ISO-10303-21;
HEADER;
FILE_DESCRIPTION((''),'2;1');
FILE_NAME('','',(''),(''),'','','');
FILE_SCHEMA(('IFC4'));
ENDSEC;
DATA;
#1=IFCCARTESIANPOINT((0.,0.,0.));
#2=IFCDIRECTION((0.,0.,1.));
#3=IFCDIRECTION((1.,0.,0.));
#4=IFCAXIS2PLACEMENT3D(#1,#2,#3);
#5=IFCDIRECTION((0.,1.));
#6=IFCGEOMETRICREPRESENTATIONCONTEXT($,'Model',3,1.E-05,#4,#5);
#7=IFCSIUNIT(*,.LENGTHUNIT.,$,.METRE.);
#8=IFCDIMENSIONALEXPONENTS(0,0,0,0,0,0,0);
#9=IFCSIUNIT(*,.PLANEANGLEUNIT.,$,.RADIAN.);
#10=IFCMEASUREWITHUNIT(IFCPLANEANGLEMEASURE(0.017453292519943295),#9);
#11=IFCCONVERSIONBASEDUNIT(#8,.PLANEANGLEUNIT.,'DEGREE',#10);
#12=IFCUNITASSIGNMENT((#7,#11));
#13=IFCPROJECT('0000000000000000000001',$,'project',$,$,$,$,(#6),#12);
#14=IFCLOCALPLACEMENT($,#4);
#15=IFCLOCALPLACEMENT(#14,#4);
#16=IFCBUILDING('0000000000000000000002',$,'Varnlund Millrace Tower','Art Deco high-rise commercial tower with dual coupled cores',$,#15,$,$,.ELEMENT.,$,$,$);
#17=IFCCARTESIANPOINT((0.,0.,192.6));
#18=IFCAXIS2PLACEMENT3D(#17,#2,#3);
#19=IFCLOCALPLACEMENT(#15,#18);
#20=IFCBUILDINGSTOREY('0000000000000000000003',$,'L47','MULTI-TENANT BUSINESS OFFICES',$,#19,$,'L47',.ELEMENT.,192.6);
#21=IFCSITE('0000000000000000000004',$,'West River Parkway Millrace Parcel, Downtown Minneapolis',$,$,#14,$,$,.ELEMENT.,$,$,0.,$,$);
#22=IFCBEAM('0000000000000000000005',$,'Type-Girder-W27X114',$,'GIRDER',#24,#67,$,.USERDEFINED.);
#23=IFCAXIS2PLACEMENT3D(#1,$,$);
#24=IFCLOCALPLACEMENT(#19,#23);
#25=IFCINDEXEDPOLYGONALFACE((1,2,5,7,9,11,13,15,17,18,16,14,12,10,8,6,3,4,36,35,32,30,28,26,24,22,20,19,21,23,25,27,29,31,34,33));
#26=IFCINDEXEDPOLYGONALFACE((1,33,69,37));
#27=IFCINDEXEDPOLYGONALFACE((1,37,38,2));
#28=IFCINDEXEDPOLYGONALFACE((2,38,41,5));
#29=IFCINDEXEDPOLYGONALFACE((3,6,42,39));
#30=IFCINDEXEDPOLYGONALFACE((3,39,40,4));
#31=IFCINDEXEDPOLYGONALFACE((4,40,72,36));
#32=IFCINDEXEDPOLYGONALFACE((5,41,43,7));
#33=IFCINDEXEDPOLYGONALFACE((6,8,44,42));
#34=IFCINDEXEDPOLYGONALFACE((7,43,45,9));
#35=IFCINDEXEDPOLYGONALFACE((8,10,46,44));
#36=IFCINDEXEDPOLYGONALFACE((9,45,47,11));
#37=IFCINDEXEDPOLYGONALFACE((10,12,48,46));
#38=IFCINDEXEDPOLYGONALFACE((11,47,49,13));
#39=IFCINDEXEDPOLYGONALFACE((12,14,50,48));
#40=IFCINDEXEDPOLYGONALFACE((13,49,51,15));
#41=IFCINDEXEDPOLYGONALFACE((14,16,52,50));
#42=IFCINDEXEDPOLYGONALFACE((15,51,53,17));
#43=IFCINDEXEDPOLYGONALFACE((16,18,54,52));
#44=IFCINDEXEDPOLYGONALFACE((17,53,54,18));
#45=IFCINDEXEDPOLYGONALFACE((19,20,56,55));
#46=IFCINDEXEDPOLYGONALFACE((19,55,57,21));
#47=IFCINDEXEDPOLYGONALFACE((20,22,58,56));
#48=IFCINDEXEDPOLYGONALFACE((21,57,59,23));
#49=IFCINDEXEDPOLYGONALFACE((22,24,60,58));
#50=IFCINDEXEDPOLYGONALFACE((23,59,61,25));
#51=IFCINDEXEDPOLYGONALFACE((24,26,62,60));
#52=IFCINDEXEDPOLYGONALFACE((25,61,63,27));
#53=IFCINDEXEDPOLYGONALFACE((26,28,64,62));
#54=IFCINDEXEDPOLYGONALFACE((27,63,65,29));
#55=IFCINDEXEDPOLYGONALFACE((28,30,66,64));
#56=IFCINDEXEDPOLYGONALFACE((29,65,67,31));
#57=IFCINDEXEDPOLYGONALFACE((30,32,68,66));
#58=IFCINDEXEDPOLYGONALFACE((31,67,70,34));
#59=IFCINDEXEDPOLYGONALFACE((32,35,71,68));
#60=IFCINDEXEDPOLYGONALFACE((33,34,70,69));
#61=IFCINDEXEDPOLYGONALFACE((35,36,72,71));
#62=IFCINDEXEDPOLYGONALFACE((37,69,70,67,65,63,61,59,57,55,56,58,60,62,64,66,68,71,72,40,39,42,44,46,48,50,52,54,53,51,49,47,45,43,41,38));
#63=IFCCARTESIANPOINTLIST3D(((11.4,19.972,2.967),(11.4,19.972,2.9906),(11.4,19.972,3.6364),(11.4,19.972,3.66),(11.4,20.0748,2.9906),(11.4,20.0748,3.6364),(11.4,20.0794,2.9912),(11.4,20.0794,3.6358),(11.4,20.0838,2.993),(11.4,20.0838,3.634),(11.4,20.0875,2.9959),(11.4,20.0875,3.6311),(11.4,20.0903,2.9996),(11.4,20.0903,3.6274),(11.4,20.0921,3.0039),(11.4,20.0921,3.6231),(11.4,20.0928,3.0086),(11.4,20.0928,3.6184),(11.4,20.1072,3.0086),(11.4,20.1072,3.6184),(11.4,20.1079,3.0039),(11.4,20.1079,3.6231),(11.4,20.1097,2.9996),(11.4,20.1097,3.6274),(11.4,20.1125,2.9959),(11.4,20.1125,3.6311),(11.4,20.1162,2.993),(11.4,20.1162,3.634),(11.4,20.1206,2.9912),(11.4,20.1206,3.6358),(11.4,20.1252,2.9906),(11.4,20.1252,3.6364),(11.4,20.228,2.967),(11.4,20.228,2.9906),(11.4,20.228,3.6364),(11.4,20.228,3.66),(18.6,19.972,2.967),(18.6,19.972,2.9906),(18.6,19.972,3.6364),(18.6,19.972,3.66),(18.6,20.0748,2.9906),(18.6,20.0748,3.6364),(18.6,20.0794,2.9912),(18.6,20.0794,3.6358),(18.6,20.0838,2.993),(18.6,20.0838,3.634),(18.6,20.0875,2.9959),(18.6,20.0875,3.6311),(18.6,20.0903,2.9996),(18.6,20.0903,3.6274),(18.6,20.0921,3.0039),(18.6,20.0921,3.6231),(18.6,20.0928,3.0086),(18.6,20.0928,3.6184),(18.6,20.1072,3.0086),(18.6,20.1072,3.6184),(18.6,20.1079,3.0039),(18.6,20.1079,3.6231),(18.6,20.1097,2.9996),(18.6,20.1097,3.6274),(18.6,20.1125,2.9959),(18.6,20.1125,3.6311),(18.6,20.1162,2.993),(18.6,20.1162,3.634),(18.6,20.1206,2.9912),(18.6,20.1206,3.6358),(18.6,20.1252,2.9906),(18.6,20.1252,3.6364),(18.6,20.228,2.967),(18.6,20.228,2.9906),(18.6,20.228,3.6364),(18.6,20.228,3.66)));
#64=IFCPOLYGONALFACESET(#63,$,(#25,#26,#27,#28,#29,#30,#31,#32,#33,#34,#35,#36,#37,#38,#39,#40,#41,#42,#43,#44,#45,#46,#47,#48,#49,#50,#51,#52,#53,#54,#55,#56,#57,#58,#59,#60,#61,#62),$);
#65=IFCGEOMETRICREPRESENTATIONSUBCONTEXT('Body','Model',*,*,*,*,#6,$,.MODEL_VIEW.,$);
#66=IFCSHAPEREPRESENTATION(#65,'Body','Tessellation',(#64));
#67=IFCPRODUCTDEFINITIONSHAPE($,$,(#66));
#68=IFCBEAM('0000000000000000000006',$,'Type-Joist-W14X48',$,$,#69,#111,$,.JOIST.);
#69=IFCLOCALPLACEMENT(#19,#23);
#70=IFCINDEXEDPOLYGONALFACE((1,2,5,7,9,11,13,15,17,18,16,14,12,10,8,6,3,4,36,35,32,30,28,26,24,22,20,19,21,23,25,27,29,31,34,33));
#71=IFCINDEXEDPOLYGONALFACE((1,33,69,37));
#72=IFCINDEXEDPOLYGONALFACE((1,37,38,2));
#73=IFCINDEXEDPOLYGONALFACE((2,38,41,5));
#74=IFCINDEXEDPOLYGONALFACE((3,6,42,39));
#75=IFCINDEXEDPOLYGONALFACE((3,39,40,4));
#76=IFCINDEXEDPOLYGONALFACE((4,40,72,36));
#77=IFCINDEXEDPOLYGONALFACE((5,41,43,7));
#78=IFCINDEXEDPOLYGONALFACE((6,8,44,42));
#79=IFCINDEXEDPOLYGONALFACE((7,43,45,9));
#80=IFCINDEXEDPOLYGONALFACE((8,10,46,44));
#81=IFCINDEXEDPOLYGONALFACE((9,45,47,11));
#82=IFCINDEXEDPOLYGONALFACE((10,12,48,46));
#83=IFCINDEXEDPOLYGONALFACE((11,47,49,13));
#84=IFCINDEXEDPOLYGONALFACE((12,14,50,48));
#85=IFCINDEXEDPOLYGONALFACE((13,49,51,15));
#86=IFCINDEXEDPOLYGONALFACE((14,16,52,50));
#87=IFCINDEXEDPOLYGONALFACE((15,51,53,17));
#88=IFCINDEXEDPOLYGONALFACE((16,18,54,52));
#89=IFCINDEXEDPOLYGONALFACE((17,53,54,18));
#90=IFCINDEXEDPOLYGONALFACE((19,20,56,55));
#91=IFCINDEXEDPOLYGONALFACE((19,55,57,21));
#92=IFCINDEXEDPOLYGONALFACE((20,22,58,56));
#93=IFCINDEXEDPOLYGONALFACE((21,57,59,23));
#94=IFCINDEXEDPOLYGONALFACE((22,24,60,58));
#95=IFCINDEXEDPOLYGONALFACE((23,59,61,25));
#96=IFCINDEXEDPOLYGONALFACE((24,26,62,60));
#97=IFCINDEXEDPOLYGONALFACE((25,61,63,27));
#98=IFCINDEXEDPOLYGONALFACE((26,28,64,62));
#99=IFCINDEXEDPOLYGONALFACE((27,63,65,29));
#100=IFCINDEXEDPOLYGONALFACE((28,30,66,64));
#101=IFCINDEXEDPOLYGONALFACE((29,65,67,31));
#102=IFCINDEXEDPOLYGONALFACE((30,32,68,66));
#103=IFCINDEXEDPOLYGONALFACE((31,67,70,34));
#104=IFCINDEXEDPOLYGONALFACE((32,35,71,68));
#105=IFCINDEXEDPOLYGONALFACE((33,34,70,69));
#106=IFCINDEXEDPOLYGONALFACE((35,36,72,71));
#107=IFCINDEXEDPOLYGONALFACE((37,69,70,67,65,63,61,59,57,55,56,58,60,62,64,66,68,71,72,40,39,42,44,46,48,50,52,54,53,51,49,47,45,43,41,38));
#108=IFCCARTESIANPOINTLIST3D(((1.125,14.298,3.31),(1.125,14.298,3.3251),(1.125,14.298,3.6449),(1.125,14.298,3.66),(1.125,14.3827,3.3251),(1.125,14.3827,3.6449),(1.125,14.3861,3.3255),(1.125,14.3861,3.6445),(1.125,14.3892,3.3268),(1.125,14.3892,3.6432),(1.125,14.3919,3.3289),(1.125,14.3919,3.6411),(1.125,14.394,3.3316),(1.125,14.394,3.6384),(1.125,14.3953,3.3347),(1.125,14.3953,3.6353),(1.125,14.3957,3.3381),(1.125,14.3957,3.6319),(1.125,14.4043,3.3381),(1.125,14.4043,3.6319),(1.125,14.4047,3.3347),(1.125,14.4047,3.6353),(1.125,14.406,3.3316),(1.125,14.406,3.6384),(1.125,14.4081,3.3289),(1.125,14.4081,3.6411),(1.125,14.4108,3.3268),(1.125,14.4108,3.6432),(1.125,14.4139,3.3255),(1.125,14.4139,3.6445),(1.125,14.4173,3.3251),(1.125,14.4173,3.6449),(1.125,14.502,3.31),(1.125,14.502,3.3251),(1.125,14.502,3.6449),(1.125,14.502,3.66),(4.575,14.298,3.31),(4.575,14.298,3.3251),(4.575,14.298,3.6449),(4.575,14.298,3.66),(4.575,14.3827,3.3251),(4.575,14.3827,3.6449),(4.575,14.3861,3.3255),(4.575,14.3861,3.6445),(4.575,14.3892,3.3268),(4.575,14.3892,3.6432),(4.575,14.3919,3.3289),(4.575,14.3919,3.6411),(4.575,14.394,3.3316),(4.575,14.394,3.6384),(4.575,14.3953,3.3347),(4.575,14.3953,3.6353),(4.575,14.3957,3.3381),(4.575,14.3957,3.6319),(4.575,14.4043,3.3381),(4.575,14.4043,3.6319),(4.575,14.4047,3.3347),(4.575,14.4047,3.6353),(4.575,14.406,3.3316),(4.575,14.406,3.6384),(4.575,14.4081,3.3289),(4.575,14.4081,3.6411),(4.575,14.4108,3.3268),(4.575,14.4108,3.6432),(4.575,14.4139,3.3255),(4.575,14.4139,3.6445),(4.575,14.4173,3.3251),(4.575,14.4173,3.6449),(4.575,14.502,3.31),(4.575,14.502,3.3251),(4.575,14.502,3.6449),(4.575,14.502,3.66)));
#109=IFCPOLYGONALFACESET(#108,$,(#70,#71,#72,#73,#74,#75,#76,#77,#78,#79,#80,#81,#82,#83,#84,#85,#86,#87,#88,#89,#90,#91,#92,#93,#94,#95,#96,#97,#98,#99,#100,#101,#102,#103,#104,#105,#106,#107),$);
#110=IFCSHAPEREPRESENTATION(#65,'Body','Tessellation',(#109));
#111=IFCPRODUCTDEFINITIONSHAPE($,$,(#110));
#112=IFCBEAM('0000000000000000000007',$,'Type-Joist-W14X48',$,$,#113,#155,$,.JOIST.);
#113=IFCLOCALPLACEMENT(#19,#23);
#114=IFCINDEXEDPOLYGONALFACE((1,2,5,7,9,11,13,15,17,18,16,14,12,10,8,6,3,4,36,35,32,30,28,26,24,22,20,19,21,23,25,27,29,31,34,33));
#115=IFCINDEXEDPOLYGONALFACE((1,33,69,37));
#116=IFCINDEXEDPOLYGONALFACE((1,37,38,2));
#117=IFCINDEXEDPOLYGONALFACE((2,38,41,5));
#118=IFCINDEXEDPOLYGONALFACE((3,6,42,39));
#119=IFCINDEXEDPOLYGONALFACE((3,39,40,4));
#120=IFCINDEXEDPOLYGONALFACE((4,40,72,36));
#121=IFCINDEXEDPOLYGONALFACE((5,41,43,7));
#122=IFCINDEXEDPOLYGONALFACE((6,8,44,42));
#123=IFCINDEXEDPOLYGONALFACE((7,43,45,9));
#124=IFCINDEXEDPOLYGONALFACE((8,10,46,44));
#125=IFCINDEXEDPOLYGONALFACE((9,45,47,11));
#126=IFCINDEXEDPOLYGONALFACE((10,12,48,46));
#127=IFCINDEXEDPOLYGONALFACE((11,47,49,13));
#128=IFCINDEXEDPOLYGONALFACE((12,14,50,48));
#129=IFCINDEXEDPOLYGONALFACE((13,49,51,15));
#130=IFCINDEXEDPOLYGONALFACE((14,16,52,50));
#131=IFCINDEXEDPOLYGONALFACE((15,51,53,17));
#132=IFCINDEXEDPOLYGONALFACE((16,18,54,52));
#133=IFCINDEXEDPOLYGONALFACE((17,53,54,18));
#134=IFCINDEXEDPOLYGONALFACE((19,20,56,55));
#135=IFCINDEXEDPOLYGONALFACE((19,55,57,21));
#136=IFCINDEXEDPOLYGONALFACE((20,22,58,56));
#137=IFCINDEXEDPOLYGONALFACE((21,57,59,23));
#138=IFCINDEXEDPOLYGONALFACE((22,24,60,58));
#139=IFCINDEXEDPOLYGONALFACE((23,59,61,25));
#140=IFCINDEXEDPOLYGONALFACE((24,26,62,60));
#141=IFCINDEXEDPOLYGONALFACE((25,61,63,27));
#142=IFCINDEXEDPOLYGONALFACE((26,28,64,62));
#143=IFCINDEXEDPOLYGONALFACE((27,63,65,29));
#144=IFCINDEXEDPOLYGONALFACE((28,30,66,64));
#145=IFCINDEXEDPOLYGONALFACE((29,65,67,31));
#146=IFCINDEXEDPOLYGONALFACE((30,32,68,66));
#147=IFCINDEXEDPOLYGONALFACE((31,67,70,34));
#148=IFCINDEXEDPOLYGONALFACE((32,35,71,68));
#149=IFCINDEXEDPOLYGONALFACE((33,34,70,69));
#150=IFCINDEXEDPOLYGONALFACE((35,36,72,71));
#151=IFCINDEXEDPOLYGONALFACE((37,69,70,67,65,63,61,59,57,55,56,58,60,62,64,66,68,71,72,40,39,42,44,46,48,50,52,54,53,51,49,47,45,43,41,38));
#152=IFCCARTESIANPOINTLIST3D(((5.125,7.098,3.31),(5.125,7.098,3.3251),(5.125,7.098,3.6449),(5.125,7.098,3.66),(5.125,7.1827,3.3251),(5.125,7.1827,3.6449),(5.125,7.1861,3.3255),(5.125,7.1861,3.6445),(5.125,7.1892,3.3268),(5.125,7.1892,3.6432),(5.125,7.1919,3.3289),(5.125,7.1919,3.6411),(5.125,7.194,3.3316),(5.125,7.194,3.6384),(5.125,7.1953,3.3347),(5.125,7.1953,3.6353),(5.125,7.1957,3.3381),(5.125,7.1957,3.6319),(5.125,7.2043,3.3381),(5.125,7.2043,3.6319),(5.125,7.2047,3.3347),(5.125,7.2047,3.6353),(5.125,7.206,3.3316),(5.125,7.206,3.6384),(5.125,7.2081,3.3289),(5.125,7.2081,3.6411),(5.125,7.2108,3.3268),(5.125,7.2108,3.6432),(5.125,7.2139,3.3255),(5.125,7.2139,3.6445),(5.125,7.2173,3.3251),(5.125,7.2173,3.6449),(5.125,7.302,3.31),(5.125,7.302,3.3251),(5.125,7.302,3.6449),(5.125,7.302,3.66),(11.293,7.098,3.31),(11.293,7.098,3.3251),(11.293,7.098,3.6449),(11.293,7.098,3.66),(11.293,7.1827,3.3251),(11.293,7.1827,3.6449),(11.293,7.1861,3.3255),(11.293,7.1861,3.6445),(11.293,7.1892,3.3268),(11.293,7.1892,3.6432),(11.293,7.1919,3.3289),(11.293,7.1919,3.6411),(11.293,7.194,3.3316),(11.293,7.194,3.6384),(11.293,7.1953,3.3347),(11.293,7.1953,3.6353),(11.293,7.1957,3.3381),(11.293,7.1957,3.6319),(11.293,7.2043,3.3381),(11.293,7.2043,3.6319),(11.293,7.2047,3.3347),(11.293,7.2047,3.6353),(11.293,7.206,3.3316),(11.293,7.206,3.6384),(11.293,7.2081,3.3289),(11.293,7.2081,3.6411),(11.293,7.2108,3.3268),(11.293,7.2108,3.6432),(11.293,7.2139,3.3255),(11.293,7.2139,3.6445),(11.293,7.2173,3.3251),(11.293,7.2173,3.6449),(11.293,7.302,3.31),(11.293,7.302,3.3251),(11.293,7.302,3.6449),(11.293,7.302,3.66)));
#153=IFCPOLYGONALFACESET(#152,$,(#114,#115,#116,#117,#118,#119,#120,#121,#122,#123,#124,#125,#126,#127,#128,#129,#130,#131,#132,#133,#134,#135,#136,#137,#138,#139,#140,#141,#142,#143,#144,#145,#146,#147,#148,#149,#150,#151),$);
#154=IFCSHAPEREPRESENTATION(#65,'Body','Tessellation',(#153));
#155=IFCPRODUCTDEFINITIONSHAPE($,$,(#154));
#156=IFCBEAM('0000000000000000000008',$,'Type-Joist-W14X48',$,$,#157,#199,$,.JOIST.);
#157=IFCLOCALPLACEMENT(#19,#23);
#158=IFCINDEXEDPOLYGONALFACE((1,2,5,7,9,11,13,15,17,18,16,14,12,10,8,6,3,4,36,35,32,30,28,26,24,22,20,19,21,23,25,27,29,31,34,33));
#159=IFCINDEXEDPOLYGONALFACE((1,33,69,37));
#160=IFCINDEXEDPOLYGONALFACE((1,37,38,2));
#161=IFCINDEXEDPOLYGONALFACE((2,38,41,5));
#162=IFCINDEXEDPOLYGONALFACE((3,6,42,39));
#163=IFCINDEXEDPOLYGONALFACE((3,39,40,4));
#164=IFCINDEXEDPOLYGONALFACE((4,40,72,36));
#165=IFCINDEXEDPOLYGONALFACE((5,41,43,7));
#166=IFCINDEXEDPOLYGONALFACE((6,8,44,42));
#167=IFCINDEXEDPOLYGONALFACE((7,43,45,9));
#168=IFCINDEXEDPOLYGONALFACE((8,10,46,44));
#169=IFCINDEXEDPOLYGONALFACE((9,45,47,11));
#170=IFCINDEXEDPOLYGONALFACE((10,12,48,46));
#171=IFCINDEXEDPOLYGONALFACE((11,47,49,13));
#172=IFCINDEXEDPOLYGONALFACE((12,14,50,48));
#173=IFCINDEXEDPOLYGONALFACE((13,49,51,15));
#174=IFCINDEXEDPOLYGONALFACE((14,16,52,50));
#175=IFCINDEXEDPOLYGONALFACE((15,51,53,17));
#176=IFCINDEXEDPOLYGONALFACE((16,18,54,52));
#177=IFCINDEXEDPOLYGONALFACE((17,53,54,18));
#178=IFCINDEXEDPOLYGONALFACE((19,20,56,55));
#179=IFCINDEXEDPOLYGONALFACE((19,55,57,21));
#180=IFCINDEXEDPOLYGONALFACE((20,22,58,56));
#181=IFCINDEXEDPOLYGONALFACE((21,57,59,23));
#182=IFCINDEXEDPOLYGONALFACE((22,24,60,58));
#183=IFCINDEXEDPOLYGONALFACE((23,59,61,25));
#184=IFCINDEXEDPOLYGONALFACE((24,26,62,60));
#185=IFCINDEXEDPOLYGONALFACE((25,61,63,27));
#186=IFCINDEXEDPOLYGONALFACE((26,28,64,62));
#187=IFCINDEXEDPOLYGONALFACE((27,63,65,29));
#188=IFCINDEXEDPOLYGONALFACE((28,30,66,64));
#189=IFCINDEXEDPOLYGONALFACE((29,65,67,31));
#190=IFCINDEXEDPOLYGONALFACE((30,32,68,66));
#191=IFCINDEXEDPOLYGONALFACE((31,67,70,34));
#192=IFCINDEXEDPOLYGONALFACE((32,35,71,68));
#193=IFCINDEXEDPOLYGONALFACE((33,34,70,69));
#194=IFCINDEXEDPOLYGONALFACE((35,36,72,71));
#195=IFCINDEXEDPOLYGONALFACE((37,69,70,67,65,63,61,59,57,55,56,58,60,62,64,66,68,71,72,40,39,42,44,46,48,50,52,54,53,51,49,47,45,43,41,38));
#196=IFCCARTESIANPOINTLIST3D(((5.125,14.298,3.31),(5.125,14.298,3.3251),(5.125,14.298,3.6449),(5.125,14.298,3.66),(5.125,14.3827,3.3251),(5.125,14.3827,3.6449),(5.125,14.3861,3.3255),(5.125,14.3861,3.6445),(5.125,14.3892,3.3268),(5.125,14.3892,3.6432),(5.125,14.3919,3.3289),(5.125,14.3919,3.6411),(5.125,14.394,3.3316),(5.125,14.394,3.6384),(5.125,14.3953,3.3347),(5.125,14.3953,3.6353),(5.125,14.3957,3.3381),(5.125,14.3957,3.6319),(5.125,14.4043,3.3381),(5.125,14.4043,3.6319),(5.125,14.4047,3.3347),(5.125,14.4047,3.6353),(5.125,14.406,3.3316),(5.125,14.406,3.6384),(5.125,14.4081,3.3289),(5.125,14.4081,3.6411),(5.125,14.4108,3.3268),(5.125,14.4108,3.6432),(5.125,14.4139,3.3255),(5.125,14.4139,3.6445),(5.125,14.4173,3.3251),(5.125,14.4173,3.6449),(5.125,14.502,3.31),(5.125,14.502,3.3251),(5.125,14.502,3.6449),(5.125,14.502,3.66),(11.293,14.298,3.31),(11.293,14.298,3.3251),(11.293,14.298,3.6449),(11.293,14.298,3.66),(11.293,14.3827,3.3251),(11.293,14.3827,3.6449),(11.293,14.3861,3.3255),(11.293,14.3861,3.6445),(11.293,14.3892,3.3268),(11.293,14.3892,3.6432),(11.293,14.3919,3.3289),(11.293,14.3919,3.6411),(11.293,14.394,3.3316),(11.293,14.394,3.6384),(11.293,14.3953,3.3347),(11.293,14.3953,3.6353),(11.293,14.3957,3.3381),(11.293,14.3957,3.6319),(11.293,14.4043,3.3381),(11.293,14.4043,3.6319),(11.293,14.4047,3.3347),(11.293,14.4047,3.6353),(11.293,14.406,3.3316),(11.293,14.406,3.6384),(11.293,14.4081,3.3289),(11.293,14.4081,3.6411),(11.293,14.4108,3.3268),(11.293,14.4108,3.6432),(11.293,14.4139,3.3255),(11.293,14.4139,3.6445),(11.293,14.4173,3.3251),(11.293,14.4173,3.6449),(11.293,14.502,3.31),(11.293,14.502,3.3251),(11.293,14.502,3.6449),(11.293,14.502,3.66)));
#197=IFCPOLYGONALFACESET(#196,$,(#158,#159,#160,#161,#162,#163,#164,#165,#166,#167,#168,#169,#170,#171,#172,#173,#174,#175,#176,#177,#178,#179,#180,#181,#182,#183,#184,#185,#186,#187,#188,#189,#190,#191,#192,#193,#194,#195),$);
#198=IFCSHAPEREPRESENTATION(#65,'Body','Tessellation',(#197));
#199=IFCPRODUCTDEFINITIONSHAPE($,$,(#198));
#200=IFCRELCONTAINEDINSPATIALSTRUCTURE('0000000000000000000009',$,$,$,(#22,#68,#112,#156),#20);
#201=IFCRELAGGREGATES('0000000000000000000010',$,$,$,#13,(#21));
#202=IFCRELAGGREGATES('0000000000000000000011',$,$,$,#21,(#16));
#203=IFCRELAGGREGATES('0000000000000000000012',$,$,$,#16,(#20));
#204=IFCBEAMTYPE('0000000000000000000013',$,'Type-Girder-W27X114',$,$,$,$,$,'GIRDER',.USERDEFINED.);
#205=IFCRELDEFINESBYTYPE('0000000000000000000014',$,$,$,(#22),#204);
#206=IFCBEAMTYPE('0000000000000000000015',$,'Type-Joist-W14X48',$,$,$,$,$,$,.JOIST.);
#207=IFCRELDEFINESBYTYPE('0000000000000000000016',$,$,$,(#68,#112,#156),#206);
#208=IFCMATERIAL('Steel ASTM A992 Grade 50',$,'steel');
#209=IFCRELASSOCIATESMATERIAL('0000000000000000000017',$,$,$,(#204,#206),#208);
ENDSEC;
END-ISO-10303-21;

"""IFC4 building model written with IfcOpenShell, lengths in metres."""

from ifc_helpers import new_model, entity, si_unit, converted_unit, direction, frame, origin_with_axes, origin_2d_with_axis, place, context, subcontext, project, spatial, i_section, extrude, material, material_profile, profile_set, type_object, element, save


model = new_model("IFC4")

# Units and contexts
model_context = context("Model", 3, precision=1e-05, world=origin_with_axes(), true_north=direction((0.0, 1.0)))
body_context = subcontext(model_context, "Body", "Model", "MODEL_VIEW")
ifc_project = project(units=[si_unit("LENGTHUNIT", "METRE"), converted_unit("PLANEANGLEUNIT", "DEGREE", entity("IfcPlaneAngleMeasure", 0.017453292519943295), si_unit("PLANEANGLEUNIT", "RADIAN"), dimensions=[0, 0, 0, 0, 0, 0, 0])], contexts=[model_context])

# Site, building, storey
site_placement = place(None, origin_with_axes())
site = spatial("IfcSite", under=ifc_project, at=site_placement, Name="West River Parkway Millrace Parcel, Downtown Minneapolis", CompositionType="ELEMENT", RefElevation=0.0)
building_placement = place(site_placement, origin_with_axes())
building = spatial("IfcBuilding", under=site, at=building_placement, Name="Varnlund Millrace Tower", Description="Art Deco high-rise commercial tower with dual coupled cores", CompositionType="ELEMENT")
storey_placement = place(building_placement, frame((0.0, 0.0, 192.6), z_axis=(0.0, 0.0, 1.0), x_axis=(1.0, 0.0, 0.0)))
storey = spatial("IfcBuildingStorey", under=building, at=storey_placement, Name="L47", Description="MULTI-TENANT BUSINESS OFFICES", LongName="L47", CompositionType="ELEMENT", Elevation=192.6)

# Beams
ifc_material_1 = material(Name="Steel ASTM A992 Grade 50", Category="steel")
ifc_material_profile_1 = material_profile(ifc_material_1, i_section(OverallWidth=0.256, OverallDepth=0.693, WebThickness=0.0145, FlangeThickness=0.0236, FilletRadius=0.018, at=origin_2d_with_axis()), Name="Steel ASTM A992 Grade 50")
ifc_profile_set_1 = profile_set([ifc_material_profile_1], Name="Steel ASTM A992 Grade 50")
beam_type_1 = type_object("IfcBeamType", Name="Type-Girder-W27X114", ElementType="GIRDER", PredefinedType="USERDEFINED", material=ifc_profile_set_1)
beam_1_placement = place(storey_placement, frame((11.4, 20.1, 3.3135), z_axis=(1.0, 0.0, 0.0), x_axis=(0.0, 1.0, 0.0)))
element("IfcBeam", 1, at=beam_1_placement, inside=storey, type_object=beam_type_1, Name="Type-Girder-W27X114", ObjectType="GIRDER", PredefinedType="USERDEFINED", context=body_context, shape_type="SweptSolid", body=[
    extrude(i_section(OverallWidth=0.256, OverallDepth=0.693, WebThickness=0.0145, FlangeThickness=0.0236, FilletRadius=0.018, at=origin_2d_with_axis()), origin_with_axes(), (0.0, 0.0, 1.0), 7.2),
])
ifc_material_profile_2 = material_profile(ifc_material_1, i_section(OverallWidth=0.204, OverallDepth=0.35, WebThickness=0.0086, FlangeThickness=0.0151, FilletRadius=0.013, at=origin_2d_with_axis()), Name="Steel ASTM A992 Grade 50")
ifc_profile_set_2 = profile_set([ifc_material_profile_2], Name="Steel ASTM A992 Grade 50")
beam_type_2 = type_object("IfcBeamType", Name="Type-Joist-W14X48", PredefinedType="JOIST", material=ifc_profile_set_2)
beam_2_placement = place(storey_placement, frame((1.125, 14.4, 3.485), z_axis=(1.0, 0.0, 0.0), x_axis=(0.0, 1.0, 0.0)))
element("IfcBeam", 2, at=beam_2_placement, inside=storey, type_object=beam_type_2, Name="Type-Joist-W14X48", PredefinedType="JOIST", context=body_context, shape_type="SweptSolid", body=[
    extrude(i_section(OverallWidth=0.204, OverallDepth=0.35, WebThickness=0.0086, FlangeThickness=0.0151, FilletRadius=0.013, at=origin_2d_with_axis()), origin_with_axes(), (0.0, 0.0, 1.0), 3.45),
])
for number, where, z_axis, x_axis, name in (
    (3, (5.125, 7.2, 3.485), (1.0, 0.0, 0.0), (0.0, 1.0, 0.0), "Type-Joist-W14X48"),
    (4, (5.125, 14.4, 3.485), (1.0, 0.0, 0.0), (0.0, 1.0, 0.0), "Type-Joist-W14X48"),
):
    element("IfcBeam", number, at=place(storey_placement, frame(where, z_axis=z_axis, x_axis=x_axis)), inside=storey, type_object=beam_type_2, Name=name, PredefinedType="JOIST", context=body_context, shape_type="SweptSolid", body=[
        extrude(i_section(OverallWidth=0.204, OverallDepth=0.35, WebThickness=0.0086, FlangeThickness=0.0151, FilletRadius=0.013, at=origin_2d_with_axis()), origin_with_axes(), (0.0, 0.0, 1.0), 6.168),
    ])

save(model, "model.ifc")
